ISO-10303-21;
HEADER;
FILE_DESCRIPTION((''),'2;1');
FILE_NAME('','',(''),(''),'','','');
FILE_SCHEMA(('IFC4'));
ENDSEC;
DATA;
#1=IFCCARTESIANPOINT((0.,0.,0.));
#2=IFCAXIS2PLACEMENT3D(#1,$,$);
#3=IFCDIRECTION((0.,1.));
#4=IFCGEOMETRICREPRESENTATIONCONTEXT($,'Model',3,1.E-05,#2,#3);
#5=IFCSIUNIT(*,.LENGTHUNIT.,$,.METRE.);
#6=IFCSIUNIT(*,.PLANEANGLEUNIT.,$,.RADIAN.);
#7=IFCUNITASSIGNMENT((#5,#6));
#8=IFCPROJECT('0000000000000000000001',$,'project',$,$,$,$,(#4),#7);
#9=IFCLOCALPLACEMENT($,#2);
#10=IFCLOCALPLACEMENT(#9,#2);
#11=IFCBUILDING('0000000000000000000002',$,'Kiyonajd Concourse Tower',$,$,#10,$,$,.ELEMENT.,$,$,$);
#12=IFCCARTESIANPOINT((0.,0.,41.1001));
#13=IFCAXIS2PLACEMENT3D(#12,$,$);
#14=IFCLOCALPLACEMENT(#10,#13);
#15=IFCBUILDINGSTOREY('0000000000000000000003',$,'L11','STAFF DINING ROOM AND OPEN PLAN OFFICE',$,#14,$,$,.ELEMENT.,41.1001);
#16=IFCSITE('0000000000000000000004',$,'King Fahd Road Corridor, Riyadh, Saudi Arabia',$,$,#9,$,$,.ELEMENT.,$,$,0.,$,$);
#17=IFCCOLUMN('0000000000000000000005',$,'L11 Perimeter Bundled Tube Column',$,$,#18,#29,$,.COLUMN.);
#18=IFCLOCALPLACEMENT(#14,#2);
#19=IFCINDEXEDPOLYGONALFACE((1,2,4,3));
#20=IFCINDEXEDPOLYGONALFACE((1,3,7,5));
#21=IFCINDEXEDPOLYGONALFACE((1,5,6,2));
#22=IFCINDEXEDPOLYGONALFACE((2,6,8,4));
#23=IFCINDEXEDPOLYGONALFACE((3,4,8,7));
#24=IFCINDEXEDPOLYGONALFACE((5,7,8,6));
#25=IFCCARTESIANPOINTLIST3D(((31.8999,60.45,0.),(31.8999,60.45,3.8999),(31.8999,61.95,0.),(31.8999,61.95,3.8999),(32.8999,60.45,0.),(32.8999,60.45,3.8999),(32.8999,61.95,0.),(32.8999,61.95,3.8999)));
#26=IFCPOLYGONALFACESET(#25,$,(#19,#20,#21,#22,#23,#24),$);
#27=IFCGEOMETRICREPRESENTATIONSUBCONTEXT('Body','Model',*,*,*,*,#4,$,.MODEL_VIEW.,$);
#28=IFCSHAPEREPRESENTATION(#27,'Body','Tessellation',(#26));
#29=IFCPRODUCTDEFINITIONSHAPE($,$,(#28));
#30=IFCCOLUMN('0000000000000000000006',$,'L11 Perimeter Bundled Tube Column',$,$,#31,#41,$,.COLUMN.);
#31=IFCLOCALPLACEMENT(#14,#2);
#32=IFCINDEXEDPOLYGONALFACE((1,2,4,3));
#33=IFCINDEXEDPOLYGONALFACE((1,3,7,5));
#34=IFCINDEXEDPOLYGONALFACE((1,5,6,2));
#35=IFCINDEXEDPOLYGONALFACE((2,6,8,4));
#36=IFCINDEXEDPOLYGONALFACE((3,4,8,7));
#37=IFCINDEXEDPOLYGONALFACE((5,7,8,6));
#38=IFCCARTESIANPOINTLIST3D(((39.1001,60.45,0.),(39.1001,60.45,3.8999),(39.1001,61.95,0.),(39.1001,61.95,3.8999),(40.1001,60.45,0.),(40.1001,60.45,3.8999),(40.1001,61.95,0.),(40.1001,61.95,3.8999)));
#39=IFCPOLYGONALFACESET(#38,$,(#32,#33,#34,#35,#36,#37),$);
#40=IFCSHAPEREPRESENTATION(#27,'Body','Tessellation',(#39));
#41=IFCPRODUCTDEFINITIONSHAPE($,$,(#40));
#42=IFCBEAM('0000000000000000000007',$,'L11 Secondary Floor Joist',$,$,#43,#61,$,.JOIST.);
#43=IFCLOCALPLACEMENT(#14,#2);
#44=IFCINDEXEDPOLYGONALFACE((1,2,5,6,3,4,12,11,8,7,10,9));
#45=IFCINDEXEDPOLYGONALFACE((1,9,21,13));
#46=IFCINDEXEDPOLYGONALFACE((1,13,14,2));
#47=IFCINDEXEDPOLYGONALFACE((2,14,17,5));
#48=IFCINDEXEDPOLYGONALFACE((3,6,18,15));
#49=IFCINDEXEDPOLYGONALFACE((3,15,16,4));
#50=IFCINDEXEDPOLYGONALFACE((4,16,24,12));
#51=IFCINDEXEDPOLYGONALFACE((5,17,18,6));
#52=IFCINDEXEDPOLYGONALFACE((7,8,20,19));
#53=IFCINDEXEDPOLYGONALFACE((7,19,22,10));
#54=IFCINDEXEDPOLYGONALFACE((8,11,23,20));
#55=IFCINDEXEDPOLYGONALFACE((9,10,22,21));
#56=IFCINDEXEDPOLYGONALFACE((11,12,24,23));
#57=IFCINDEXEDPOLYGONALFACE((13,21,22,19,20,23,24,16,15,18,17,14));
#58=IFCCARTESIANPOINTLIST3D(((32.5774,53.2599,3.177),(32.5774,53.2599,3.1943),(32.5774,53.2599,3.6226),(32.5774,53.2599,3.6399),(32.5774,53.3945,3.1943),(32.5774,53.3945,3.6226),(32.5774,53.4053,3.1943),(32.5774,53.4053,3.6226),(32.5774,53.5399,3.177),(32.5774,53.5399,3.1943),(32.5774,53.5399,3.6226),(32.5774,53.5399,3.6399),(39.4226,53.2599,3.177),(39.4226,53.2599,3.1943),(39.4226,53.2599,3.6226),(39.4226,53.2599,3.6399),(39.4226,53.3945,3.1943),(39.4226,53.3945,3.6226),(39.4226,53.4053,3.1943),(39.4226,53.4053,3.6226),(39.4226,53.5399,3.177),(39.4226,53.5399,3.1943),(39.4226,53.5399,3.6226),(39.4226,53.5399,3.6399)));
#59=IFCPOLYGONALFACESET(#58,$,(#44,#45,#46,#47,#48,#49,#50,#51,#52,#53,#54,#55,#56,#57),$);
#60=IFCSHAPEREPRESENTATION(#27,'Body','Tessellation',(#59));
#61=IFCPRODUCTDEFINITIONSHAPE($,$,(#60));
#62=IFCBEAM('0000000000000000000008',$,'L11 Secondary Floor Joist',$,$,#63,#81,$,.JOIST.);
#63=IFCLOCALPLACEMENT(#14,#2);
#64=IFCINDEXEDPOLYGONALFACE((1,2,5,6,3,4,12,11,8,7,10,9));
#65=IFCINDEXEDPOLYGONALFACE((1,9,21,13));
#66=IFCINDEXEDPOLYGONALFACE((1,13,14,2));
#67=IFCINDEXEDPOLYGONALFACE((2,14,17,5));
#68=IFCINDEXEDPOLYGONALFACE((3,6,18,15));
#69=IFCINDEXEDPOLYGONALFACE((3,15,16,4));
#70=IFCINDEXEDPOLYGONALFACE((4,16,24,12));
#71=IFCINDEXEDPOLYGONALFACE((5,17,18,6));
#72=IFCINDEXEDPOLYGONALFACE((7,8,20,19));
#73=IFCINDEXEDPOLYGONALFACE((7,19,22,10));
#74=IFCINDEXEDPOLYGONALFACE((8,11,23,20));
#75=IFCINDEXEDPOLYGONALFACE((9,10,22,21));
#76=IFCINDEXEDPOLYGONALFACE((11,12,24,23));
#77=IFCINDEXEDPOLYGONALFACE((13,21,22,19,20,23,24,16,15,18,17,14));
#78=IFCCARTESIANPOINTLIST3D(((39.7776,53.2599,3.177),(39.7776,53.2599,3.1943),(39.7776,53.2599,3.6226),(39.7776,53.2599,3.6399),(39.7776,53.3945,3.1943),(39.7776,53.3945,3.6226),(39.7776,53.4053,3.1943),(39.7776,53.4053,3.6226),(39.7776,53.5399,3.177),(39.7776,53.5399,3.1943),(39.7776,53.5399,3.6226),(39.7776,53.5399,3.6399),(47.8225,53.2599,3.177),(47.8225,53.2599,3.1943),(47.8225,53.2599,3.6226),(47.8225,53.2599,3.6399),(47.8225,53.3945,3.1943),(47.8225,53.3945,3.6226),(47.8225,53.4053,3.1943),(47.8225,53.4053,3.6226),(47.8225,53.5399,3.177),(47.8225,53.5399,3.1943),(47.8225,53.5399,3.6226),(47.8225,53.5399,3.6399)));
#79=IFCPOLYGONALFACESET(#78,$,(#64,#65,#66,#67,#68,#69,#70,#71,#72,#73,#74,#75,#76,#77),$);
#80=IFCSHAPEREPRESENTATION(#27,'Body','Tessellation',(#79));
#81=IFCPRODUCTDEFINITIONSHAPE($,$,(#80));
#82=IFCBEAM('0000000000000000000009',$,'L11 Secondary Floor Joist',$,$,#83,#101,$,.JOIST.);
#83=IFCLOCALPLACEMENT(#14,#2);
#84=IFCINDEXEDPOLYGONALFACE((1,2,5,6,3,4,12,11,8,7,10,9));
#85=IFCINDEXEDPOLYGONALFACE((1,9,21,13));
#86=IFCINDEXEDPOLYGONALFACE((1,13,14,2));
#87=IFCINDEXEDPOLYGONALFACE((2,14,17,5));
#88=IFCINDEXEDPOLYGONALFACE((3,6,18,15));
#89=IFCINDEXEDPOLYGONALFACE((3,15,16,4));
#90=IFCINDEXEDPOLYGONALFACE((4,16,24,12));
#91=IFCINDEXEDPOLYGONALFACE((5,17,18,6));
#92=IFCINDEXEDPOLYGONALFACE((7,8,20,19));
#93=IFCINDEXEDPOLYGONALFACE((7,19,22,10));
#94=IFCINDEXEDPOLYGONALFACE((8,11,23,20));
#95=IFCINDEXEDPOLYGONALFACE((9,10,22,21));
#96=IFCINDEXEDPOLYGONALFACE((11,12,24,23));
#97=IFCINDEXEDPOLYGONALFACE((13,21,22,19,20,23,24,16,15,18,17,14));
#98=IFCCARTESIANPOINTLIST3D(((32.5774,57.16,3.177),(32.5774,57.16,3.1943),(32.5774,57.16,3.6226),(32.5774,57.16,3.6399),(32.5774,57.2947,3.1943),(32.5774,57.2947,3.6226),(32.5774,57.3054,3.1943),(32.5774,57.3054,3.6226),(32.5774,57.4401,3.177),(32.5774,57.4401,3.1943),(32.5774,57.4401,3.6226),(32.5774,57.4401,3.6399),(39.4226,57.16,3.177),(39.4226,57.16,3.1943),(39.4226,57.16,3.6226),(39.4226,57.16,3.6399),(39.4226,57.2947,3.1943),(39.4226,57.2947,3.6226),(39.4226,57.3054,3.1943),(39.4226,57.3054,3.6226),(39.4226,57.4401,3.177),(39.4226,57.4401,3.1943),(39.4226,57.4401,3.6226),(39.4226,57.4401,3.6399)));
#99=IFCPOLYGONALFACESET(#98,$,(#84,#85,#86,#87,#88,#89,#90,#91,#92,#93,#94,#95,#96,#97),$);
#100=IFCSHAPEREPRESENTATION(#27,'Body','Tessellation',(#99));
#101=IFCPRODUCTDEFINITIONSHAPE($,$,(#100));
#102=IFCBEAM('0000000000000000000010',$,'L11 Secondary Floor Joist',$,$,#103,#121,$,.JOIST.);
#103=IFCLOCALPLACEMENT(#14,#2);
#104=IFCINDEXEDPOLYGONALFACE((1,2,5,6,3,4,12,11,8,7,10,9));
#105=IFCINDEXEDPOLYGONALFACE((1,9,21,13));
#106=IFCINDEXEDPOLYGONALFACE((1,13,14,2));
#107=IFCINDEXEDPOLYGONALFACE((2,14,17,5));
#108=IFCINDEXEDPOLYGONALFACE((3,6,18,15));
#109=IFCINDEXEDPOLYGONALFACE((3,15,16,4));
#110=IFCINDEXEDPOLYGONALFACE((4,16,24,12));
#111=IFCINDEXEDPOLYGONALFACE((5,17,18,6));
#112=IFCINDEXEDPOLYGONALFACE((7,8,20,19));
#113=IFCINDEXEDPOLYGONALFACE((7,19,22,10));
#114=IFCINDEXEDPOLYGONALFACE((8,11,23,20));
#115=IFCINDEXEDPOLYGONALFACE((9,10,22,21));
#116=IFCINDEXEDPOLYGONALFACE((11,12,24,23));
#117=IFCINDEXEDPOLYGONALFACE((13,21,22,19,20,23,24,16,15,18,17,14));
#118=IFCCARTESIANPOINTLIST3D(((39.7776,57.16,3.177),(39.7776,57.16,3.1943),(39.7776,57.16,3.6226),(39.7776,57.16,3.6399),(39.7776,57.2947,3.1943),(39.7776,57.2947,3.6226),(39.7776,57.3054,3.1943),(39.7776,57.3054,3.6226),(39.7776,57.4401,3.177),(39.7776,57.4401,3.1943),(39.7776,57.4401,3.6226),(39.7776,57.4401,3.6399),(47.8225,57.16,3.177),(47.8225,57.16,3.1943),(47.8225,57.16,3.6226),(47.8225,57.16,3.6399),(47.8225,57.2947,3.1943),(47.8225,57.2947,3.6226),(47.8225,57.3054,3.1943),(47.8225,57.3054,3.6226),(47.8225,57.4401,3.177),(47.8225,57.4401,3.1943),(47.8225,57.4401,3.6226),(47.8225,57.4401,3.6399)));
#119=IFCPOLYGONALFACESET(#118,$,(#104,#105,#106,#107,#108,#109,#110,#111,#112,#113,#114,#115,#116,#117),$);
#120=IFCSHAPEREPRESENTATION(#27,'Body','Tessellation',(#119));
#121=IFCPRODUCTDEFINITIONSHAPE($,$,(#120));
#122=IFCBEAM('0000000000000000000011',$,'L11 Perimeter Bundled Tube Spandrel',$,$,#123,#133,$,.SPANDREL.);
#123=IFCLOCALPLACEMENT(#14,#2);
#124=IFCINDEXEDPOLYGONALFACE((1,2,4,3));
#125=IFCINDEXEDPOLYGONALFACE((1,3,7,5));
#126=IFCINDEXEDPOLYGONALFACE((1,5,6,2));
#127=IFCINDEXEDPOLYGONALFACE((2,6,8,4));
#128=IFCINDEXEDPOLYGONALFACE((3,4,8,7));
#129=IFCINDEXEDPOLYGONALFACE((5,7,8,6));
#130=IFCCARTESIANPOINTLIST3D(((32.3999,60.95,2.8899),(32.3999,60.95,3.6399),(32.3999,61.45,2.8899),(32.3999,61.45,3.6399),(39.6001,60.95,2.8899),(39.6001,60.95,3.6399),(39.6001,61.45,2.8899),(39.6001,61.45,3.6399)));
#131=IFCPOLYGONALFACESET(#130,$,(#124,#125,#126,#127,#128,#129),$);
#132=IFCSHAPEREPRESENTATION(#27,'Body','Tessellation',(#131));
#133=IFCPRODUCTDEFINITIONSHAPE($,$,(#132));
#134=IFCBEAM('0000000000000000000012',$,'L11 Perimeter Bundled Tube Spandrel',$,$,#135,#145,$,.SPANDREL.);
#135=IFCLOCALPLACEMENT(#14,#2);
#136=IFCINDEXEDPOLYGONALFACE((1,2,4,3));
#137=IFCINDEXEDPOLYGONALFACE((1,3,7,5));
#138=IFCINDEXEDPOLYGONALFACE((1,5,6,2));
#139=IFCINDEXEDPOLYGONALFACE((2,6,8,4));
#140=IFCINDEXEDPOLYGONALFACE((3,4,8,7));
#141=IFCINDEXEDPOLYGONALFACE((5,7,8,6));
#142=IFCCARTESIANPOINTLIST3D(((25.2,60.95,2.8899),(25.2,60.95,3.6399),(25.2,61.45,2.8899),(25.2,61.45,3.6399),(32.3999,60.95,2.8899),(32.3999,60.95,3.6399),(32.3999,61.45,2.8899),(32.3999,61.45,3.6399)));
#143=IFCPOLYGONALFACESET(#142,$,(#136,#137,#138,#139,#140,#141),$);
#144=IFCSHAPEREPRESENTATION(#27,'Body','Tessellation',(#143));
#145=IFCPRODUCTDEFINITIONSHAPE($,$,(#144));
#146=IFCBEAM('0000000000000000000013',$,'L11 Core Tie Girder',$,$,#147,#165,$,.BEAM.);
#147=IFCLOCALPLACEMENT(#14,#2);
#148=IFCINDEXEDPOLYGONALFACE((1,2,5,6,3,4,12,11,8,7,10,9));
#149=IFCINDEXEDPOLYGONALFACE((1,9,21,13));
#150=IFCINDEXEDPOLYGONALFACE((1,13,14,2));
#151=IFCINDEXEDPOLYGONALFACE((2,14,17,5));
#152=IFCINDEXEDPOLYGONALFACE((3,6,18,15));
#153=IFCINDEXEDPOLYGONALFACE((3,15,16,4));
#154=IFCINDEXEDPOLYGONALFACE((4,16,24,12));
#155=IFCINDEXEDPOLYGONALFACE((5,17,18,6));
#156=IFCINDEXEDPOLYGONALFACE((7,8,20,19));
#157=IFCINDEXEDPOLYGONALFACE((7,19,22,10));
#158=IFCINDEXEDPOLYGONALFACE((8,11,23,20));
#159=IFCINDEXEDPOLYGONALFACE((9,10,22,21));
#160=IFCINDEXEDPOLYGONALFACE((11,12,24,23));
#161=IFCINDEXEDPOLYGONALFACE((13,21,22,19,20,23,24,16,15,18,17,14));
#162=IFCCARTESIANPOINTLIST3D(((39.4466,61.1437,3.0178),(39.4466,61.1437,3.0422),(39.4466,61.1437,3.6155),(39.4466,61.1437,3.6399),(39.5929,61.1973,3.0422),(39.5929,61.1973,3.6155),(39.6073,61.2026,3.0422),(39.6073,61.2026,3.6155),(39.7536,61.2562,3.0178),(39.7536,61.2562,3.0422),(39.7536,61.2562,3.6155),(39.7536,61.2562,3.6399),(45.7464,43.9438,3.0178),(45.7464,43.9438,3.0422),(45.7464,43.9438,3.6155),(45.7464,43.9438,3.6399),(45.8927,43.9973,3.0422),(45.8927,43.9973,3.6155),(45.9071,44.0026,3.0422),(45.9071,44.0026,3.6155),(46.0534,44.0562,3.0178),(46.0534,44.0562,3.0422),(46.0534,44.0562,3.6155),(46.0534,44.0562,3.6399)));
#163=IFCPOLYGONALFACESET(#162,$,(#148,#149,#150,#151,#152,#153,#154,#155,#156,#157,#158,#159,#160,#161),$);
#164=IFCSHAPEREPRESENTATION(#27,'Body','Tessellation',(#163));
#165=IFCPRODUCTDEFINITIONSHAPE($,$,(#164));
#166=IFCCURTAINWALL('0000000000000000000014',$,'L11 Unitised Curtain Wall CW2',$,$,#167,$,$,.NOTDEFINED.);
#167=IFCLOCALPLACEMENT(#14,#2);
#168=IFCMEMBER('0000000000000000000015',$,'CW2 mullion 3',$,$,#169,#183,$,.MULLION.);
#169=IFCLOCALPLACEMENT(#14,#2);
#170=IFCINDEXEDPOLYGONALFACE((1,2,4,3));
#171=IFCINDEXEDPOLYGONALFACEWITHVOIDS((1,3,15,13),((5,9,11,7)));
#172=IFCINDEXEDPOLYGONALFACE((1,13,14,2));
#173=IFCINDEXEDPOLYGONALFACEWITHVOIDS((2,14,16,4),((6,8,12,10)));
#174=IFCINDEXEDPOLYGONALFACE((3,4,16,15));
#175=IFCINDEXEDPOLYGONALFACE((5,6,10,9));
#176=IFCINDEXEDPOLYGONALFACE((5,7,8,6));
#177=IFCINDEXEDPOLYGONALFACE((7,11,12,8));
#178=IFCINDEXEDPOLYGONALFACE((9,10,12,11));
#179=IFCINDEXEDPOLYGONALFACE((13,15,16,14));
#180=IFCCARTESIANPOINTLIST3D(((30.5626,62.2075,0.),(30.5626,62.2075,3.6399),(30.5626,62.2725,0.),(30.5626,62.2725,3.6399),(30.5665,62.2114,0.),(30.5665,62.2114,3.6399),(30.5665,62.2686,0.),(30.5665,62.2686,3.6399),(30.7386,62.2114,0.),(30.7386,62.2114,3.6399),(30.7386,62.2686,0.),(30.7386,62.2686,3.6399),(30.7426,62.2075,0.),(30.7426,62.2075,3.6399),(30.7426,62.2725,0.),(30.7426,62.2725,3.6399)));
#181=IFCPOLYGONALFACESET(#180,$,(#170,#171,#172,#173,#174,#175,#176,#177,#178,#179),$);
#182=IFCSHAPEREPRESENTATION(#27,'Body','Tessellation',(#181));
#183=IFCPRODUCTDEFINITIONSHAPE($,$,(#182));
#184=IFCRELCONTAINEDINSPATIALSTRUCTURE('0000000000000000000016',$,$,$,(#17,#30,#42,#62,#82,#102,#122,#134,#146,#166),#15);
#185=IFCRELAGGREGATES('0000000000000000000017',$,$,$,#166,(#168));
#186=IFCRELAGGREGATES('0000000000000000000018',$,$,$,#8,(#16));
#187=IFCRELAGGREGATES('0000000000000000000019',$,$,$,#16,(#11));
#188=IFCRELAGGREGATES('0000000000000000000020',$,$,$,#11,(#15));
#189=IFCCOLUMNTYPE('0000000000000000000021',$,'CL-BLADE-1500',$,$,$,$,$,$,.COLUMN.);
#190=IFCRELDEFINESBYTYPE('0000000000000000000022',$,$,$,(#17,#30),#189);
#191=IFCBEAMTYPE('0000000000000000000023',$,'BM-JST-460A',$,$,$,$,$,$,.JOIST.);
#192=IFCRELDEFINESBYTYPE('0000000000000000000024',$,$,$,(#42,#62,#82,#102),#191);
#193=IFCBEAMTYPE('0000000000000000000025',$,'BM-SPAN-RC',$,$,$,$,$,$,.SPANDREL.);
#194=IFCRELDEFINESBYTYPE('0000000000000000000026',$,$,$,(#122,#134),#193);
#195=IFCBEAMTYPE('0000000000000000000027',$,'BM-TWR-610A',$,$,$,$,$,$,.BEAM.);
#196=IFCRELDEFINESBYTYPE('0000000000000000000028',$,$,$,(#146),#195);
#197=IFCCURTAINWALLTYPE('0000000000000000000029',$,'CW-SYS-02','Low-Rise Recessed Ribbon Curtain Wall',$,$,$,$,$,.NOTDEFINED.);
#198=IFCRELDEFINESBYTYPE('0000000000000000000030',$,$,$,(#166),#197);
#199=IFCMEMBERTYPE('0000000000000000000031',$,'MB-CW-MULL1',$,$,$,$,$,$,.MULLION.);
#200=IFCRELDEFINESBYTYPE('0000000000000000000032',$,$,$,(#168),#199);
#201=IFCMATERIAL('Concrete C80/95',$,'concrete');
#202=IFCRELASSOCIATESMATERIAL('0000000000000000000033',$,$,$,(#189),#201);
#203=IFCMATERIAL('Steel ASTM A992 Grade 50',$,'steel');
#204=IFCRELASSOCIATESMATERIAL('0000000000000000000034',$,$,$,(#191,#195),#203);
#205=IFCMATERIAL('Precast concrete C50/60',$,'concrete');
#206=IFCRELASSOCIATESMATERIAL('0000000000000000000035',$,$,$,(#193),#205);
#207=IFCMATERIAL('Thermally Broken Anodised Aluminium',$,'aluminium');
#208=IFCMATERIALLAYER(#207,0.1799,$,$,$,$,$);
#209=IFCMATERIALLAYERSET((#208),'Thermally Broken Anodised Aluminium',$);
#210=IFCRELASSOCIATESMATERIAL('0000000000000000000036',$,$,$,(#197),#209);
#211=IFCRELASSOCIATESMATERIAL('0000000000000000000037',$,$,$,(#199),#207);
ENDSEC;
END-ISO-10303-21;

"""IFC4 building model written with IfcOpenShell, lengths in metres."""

from ifc_helpers import new_model, si_unit, direction, frame, origin, origin_2d, place, context, subcontext, project, spatial, rectangle, hollow_rectangle, i_section, extrude, material, layer, layer_set, material_profile, profile_set, type_object, element, aggregate, save


model = new_model("IFC4")

# Units and contexts
model_context = context("Model", 3, precision=1e-05, world=origin(), true_north=direction((0.0, 1.0)))
body_context = subcontext(model_context, "Body", "Model", "MODEL_VIEW")
ifc_project = project(units=[si_unit("LENGTHUNIT", "METRE"), si_unit("PLANEANGLEUNIT", "RADIAN")], contexts=[model_context])

# Site, building, storey
site_placement = place(None, origin())
site = spatial("IfcSite", under=ifc_project, at=site_placement, Name="King Fahd Road Corridor, Riyadh, Saudi Arabia", CompositionType="ELEMENT", RefElevation=0.0)
building_placement = place(site_placement, origin())
building = spatial("IfcBuilding", under=site, at=building_placement, Name="Kiyonajd Concourse Tower", CompositionType="ELEMENT")
storey_placement = place(building_placement, frame((0.0, 0.0, 41.1001)))
storey = spatial("IfcBuildingStorey", under=building, at=storey_placement, Name="L11", Description="STAFF DINING ROOM AND OPEN PLAN OFFICE", CompositionType="ELEMENT", Elevation=41.1001)

# Columns
ifc_material_1 = material(Name="Concrete C80/95", Category="concrete")
ifc_material_profile_1 = material_profile(ifc_material_1, rectangle(XDim=1.0, YDim=1.5, at=origin_2d()), Name="RC-1500x1000")
ifc_profile_set_1 = profile_set([ifc_material_profile_1], Name="Concrete C80/95")
column_type = type_object("IfcColumnType", Name="CL-BLADE-1500", PredefinedType="COLUMN", material=ifc_profile_set_1)
for number, where, z_axis, x_axis, name in (
    (1, (32.3999, 61.2, 0.0), (0.0, 0.0, 1.0), (1.0, 0.0, 0.0), "L11 Perimeter Bundled Tube Column"),
    (2, (39.6001, 61.2, 0.0), (0.0, 0.0, 1.0), (1.0, 0.0, 0.0), "L11 Perimeter Bundled Tube Column"),
):
    element("IfcColumn", number, at=place(storey_placement, frame(where, z_axis=z_axis, x_axis=x_axis)), inside=storey, type_object=column_type, Name=name, PredefinedType="COLUMN", context=body_context, shape_type="SweptSolid", body=[
        extrude(rectangle(XDim=1.0, YDim=1.5, at=origin_2d()), origin(), (0.0, 0.0, 1.0), 3.8999),
    ])

# Beams
ifc_material_2 = material(Name="Steel ASTM A992 Grade 50", Category="steel")
ifc_material_profile_2 = material_profile(ifc_material_2, i_section(OverallWidth=0.28, OverallDepth=0.4629, WebThickness=0.0107, FlangeThickness=0.0173, at=origin_2d()), Name="W460X113")
ifc_profile_set_2 = profile_set([ifc_material_profile_2], Name="Steel ASTM A992 Grade 50")
beam_type_1 = type_object("IfcBeamType", Name="BM-JST-460A", PredefinedType="JOIST", material=ifc_profile_set_2)
beam_1_placement = place(storey_placement, frame((32.5774, 53.3999, 3.4084), z_axis=(1.0, 0.0, 0.0), x_axis=(0.0, 1.0, 0.0)))
element("IfcBeam", 3, at=beam_1_placement, inside=storey, type_object=beam_type_1, Name="L11 Secondary Floor Joist", PredefinedType="JOIST", context=body_context, shape_type="SweptSolid", body=[
    extrude(i_section(OverallWidth=0.28, OverallDepth=0.4629, WebThickness=0.0107, FlangeThickness=0.0173, at=origin_2d()), origin(), (0.0, 0.0, 1.0), 6.8452),
])
beam_2_placement = place(storey_placement, frame((39.7776, 53.3999, 3.4084), z_axis=(1.0, 0.0, 0.0), x_axis=(0.0, 1.0, 0.0)))
element("IfcBeam", 4, at=beam_2_placement, inside=storey, type_object=beam_type_1, Name="L11 Secondary Floor Joist", PredefinedType="JOIST", context=body_context, shape_type="SweptSolid", body=[
    extrude(i_section(OverallWidth=0.28, OverallDepth=0.4629, WebThickness=0.0107, FlangeThickness=0.0173, at=origin_2d()), origin(), (0.0, 0.0, 1.0), 8.0449),
])
beam_3_placement = place(storey_placement, frame((32.5774, 57.3, 3.4084), z_axis=(1.0, 0.0, 0.0), x_axis=(0.0, 1.0, 0.0)))
element("IfcBeam", 5, at=beam_3_placement, inside=storey, type_object=beam_type_1, Name="L11 Secondary Floor Joist", PredefinedType="JOIST", context=body_context, shape_type="SweptSolid", body=[
    extrude(i_section(OverallWidth=0.28, OverallDepth=0.4629, WebThickness=0.0107, FlangeThickness=0.0173, at=origin_2d()), origin(), (0.0, 0.0, 1.0), 6.8452),
])
beam_4_placement = place(storey_placement, frame((39.7776, 57.3, 3.4084), z_axis=(1.0, 0.0, 0.0), x_axis=(0.0, 1.0, 0.0)))
element("IfcBeam", 6, at=beam_4_placement, inside=storey, type_object=beam_type_1, Name="L11 Secondary Floor Joist", PredefinedType="JOIST", context=body_context, shape_type="SweptSolid", body=[
    extrude(i_section(OverallWidth=0.28, OverallDepth=0.4629, WebThickness=0.0107, FlangeThickness=0.0173, at=origin_2d()), origin(), (0.0, 0.0, 1.0), 8.0449),
])
ifc_material_3 = material(Name="Precast concrete C50/60", Category="concrete")
ifc_material_profile_3 = material_profile(ifc_material_3, rectangle(XDim=0.5, YDim=0.75, at=origin_2d()), Name="RCBM-500x750")
ifc_profile_set_3 = profile_set([ifc_material_profile_3], Name="Precast concrete C50/60")
beam_type_2 = type_object("IfcBeamType", Name="BM-SPAN-RC", PredefinedType="SPANDREL", material=ifc_profile_set_3)
beam_5_placement = place(storey_placement, frame((39.6001, 61.2, 3.2649), z_axis=(-1.0, 0.0, 0.0), x_axis=(0.0, -1.0, 0.0)))
element("IfcBeam", 7, at=beam_5_placement, inside=storey, type_object=beam_type_2, Name="L11 Perimeter Bundled Tube Spandrel", PredefinedType="SPANDREL", context=body_context, shape_type="SweptSolid", body=[
    extrude(rectangle(XDim=0.5, YDim=0.75, at=origin_2d()), origin(), (0.0, 0.0, 1.0), 7.2002),
])
beam_6_placement = place(storey_placement, frame((32.3999, 61.2, 3.2649), z_axis=(-1.0, 0.0, 0.0), x_axis=(0.0, -1.0, 0.0)))
element("IfcBeam", 8, at=beam_6_placement, inside=storey, type_object=beam_type_2, Name="L11 Perimeter Bundled Tube Spandrel", PredefinedType="SPANDREL", context=body_context, shape_type="SweptSolid", body=[
    extrude(rectangle(XDim=0.5, YDim=0.75, at=origin_2d()), origin(), (0.0, 0.0, 1.0), 7.2),
])
ifc_material_profile_4 = material_profile(ifc_material_2, i_section(OverallWidth=0.3269, OverallDepth=0.6221, WebThickness=0.0154, FlangeThickness=0.0244, at=origin_2d()), Name="W610X195")
ifc_profile_set_4 = profile_set([ifc_material_profile_4], Name="Steel ASTM A992 Grade 50")
beam_type_3 = type_object("IfcBeamType", Name="BM-TWR-610A", PredefinedType="BEAM", material=ifc_profile_set_4)
beam_7_placement = place(storey_placement, frame((39.6001, 61.2, 3.3289), z_axis=(0.343925, -0.938997, 0.0), x_axis=(0.938997, 0.343925, 0.0)))
element("IfcBeam", 9, at=beam_7_placement, inside=storey, type_object=beam_type_3, Name="L11 Core Tie Girder", PredefinedType="BEAM", context=body_context, shape_type="SweptSolid", body=[
    extrude(i_section(OverallWidth=0.3269, OverallDepth=0.6221, WebThickness=0.0154, FlangeThickness=0.0244, at=origin_2d()), origin(), (0.0, 0.0, 1.0), 18.3174),
])

# Curtain wall, member
ifc_material_4 = material(Name="Thermally Broken Anodised Aluminium", Category="aluminium")
ifc_layer_1 = layer(ifc_material_4, 0.1799)
ifc_layer_set_1 = layer_set([ifc_layer_1], Name="Thermally Broken Anodised Aluminium")
curtain_wall_type = type_object("IfcCurtainWallType", Name="CW-SYS-02", Description="Low-Rise Recessed Ribbon Curtain Wall", PredefinedType="NOTDEFINED", material=ifc_layer_set_1)
curtain_wall_placement = place(storey_placement, origin())
curtain_wall = element("IfcCurtainWall", 10, at=curtain_wall_placement, inside=storey, type_object=curtain_wall_type, Name="L11 Unitised Curtain Wall CW2", PredefinedType="NOTDEFINED")
ifc_material_profile_5 = material_profile(ifc_material_4, hollow_rectangle(XDim=0.0649, YDim=0.1799, WallThickness=0.0039, at=origin_2d()), Name="MULL-65x180")
ifc_profile_set_5 = profile_set([ifc_material_profile_5], Name="Thermally Broken Anodised Aluminium")
member_type_1 = type_object("IfcMemberType", Name="MB-CW-MULL1", PredefinedType="MULLION", material=ifc_profile_set_5)
member_1_placement = place(storey_placement, frame((30.6526, 62.24, 0.0), z_axis=(0.0, 0.0, 1.0), x_axis=(0.0, 1.0, 0.0)))
member_1 = element("IfcMember", 11, at=member_1_placement, type_object=member_type_1, Name="CW2 mullion 3", PredefinedType="MULLION", context=body_context, shape_type="SweptSolid", body=[
    extrude(hollow_rectangle(XDim=0.0649, YDim=0.1799, WallThickness=0.0039, at=origin_2d()), origin(), (0.0, 0.0, 1.0), 3.6399),
])
aggregate(curtain_wall, [member_1])

save(model, "model.ifc")
